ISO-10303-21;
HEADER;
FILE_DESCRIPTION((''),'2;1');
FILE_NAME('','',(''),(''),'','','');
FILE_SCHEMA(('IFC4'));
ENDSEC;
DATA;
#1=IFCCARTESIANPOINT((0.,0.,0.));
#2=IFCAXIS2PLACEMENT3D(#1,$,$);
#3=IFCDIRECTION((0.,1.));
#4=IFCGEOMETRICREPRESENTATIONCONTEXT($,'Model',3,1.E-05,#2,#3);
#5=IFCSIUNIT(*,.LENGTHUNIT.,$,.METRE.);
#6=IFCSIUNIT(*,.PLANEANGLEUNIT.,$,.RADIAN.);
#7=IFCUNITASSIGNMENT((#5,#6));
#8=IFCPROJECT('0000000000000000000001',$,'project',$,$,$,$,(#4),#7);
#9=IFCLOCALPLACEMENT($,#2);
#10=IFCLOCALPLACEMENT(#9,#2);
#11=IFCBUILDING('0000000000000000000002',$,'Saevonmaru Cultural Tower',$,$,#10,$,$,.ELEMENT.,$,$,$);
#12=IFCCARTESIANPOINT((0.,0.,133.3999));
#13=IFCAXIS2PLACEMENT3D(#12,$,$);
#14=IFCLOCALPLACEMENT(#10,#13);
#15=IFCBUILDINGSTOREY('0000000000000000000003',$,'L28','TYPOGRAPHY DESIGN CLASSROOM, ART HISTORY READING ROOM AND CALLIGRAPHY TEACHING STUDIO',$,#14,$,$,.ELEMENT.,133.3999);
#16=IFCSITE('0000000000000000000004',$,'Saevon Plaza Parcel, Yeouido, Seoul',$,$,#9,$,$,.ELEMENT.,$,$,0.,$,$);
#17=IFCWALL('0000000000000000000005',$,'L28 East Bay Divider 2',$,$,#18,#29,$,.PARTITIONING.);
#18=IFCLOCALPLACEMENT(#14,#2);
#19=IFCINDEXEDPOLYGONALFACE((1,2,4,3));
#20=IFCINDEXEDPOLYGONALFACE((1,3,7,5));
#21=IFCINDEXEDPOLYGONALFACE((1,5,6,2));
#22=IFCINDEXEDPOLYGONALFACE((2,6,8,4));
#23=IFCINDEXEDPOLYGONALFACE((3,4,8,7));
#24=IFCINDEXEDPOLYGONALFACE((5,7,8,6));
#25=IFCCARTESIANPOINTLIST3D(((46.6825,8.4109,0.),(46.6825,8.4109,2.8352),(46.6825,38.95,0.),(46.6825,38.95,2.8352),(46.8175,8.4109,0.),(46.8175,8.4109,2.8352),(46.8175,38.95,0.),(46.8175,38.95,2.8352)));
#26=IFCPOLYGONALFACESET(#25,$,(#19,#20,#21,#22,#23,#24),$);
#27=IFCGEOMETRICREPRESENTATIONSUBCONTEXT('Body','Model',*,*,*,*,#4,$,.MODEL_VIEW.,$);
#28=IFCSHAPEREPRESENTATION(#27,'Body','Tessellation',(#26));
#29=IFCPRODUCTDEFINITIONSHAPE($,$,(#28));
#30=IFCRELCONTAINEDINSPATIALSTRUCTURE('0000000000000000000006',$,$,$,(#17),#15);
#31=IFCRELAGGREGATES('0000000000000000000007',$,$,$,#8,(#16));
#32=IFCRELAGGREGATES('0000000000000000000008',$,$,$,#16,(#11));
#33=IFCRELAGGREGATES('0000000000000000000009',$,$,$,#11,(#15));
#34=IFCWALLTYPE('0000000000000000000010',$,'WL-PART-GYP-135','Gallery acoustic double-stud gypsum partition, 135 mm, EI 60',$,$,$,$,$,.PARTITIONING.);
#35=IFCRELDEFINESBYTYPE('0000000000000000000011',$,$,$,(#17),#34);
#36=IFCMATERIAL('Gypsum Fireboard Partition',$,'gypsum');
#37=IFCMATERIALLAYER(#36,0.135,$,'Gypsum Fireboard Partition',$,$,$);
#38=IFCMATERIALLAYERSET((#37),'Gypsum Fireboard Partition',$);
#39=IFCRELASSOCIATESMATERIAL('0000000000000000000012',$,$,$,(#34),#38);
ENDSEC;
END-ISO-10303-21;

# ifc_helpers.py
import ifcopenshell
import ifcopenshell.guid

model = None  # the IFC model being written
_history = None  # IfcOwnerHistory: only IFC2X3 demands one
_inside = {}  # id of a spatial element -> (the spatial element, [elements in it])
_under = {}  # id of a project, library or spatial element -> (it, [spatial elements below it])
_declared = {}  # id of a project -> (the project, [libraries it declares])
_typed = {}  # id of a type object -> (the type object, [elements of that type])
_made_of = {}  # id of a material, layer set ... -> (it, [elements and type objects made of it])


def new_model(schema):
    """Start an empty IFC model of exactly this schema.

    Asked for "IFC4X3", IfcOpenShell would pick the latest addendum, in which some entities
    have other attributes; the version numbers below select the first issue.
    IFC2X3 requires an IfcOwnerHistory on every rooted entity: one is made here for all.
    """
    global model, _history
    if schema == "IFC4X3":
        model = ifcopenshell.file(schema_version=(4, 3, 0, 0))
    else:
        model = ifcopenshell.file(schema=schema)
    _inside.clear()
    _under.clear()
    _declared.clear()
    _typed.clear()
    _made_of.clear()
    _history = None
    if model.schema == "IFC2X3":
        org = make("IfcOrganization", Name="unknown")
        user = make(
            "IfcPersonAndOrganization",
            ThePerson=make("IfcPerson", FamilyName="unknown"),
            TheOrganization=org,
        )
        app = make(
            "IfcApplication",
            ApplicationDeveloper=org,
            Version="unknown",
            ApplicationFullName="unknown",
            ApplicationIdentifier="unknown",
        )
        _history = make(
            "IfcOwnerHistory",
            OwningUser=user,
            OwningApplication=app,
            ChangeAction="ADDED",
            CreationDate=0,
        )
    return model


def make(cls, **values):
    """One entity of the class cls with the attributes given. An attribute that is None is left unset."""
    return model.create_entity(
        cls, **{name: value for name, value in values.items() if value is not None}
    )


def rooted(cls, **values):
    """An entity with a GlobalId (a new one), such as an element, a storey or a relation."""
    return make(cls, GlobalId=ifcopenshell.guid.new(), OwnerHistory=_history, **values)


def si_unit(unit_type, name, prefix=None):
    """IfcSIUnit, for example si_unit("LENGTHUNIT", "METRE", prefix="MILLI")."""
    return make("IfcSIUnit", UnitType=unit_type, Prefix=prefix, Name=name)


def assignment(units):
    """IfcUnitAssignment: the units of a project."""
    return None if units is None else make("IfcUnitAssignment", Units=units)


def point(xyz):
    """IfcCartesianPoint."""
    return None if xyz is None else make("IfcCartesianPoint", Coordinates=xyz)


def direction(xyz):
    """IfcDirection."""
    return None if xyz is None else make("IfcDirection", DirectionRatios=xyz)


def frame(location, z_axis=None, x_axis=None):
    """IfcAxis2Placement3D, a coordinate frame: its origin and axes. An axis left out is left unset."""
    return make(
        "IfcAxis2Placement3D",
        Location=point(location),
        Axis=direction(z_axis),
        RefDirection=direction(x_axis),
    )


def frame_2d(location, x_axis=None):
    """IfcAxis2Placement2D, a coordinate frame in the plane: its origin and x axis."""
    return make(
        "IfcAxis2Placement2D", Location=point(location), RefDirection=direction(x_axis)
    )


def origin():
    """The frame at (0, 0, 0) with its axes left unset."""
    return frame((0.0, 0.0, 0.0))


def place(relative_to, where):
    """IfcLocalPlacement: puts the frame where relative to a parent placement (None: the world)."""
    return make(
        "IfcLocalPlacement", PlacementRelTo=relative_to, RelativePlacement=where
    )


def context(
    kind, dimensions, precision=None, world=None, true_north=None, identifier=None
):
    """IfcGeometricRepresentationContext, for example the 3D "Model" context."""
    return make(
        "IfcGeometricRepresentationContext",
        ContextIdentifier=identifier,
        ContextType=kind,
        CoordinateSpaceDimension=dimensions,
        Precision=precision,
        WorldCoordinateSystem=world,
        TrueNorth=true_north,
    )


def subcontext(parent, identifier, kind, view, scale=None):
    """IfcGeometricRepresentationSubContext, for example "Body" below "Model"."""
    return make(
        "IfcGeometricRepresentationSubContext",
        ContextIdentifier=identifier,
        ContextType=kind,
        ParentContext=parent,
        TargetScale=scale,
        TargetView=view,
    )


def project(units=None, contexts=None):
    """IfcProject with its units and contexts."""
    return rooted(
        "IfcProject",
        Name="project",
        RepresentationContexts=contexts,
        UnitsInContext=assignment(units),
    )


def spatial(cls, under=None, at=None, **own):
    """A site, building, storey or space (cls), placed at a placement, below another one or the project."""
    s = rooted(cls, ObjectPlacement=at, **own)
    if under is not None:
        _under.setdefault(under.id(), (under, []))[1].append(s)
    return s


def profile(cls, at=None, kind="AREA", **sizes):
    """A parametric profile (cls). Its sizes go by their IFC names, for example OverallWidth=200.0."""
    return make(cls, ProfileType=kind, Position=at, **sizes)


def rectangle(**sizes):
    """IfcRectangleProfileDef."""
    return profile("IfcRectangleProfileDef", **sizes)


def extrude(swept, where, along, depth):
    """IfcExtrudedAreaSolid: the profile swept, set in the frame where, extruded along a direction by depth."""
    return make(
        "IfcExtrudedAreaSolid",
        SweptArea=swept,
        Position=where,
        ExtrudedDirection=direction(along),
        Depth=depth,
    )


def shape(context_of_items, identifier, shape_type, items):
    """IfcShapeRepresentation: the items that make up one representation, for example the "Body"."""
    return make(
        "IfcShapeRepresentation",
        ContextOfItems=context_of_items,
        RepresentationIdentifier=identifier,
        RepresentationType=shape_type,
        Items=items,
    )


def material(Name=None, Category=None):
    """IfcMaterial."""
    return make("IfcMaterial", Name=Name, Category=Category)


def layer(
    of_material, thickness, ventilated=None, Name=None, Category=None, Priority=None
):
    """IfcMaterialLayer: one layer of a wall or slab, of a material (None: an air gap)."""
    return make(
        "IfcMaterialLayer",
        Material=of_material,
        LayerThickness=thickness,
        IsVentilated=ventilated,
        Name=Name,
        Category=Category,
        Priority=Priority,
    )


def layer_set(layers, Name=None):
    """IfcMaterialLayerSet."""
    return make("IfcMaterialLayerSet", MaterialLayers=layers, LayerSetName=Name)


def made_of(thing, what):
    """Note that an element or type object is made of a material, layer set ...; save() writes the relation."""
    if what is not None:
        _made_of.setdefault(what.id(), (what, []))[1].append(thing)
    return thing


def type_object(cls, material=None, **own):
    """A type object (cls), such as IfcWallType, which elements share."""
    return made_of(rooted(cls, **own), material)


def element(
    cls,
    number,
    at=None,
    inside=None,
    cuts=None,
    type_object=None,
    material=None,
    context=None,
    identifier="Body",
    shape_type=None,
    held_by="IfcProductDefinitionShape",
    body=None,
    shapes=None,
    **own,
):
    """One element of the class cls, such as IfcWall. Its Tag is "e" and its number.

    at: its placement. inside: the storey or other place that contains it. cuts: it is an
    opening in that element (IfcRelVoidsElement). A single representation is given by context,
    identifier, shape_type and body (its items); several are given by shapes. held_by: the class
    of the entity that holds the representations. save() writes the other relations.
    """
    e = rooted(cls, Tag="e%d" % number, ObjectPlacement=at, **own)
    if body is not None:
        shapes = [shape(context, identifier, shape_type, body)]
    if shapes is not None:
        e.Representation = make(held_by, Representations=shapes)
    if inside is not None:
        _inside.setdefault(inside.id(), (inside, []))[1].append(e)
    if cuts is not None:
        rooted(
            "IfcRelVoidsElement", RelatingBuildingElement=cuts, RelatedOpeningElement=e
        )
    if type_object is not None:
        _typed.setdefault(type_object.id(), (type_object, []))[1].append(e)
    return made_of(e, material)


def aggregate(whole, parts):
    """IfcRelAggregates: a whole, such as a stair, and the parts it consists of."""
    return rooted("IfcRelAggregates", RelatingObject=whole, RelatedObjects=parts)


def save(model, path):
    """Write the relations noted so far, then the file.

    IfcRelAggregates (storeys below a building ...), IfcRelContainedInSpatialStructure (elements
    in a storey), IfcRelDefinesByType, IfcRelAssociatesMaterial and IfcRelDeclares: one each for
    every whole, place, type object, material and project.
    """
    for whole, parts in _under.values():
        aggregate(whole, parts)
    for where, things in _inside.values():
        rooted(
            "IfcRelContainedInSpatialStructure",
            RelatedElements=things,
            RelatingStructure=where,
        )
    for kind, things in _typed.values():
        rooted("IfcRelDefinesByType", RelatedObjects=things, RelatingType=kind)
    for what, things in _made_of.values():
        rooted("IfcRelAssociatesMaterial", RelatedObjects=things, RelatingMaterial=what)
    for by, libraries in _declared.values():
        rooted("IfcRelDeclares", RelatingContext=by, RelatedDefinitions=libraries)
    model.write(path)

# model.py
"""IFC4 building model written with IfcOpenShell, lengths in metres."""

from ifc_helpers import new_model, si_unit, direction, frame, frame_2d, origin, place, context, subcontext, project, spatial, rectangle, extrude, material, layer, layer_set, type_object, element, save


model = new_model("IFC4")

# Units and contexts
model_context = context("Model", 3, precision=1e-05, world=origin(), true_north=direction((0.0, 1.0)))
body_context = subcontext(model_context, "Body", "Model", "MODEL_VIEW")
ifc_project = project(units=[si_unit("LENGTHUNIT", "METRE"), si_unit("PLANEANGLEUNIT", "RADIAN")], contexts=[model_context])

# Site, building, storey
site_placement = place(None, origin())
site = spatial("IfcSite", under=ifc_project, at=site_placement, Name="Saevon Plaza Parcel, Yeouido, Seoul", CompositionType="ELEMENT", RefElevation=0.0)
building_placement = place(site_placement, origin())
building = spatial("IfcBuilding", under=site, at=building_placement, Name="Saevonmaru Cultural Tower", CompositionType="ELEMENT")
storey_placement = place(building_placement, frame((0.0, 0.0, 133.3999)))
storey = spatial("IfcBuildingStorey", under=building, at=storey_placement, Name="L28", Description="TYPOGRAPHY DESIGN CLASSROOM, ART HISTORY READING ROOM AND CALLIGRAPHY TEACHING STUDIO", CompositionType="ELEMENT", Elevation=133.3999)

# Wall
ifc_material_1 = material(Name="Gypsum Fireboard Partition", Category="gypsum")
ifc_layer_1 = layer(ifc_material_1, 0.135, Name="Gypsum Fireboard Partition")
ifc_layer_set_1 = layer_set([ifc_layer_1], Name="Gypsum Fireboard Partition")
wall_type_1 = type_object("IfcWallType", Name="WL-PART-GYP-135", Description="Gallery acoustic double-stud gypsum partition, 135 mm, EI 60", PredefinedType="PARTITIONING", material=ifc_layer_set_1)
wall_1_placement = place(storey_placement, frame((46.75, 8.4109, 0.0), z_axis=(0.0, 0.0, 1.0), x_axis=(0.0, 1.0, 0.0)))
element("IfcWall", 1, at=wall_1_placement, inside=storey, type_object=wall_type_1, Name="L28 East Bay Divider 2", PredefinedType="PARTITIONING", context=body_context, shape_type="SweptSolid", body=[
    extrude(rectangle(XDim=30.5391, YDim=0.135, at=frame_2d((15.2695, 0.0))), origin(), (0.0, 0.0, 1.0), 2.8352),
])

save(model, "model.ifc")
